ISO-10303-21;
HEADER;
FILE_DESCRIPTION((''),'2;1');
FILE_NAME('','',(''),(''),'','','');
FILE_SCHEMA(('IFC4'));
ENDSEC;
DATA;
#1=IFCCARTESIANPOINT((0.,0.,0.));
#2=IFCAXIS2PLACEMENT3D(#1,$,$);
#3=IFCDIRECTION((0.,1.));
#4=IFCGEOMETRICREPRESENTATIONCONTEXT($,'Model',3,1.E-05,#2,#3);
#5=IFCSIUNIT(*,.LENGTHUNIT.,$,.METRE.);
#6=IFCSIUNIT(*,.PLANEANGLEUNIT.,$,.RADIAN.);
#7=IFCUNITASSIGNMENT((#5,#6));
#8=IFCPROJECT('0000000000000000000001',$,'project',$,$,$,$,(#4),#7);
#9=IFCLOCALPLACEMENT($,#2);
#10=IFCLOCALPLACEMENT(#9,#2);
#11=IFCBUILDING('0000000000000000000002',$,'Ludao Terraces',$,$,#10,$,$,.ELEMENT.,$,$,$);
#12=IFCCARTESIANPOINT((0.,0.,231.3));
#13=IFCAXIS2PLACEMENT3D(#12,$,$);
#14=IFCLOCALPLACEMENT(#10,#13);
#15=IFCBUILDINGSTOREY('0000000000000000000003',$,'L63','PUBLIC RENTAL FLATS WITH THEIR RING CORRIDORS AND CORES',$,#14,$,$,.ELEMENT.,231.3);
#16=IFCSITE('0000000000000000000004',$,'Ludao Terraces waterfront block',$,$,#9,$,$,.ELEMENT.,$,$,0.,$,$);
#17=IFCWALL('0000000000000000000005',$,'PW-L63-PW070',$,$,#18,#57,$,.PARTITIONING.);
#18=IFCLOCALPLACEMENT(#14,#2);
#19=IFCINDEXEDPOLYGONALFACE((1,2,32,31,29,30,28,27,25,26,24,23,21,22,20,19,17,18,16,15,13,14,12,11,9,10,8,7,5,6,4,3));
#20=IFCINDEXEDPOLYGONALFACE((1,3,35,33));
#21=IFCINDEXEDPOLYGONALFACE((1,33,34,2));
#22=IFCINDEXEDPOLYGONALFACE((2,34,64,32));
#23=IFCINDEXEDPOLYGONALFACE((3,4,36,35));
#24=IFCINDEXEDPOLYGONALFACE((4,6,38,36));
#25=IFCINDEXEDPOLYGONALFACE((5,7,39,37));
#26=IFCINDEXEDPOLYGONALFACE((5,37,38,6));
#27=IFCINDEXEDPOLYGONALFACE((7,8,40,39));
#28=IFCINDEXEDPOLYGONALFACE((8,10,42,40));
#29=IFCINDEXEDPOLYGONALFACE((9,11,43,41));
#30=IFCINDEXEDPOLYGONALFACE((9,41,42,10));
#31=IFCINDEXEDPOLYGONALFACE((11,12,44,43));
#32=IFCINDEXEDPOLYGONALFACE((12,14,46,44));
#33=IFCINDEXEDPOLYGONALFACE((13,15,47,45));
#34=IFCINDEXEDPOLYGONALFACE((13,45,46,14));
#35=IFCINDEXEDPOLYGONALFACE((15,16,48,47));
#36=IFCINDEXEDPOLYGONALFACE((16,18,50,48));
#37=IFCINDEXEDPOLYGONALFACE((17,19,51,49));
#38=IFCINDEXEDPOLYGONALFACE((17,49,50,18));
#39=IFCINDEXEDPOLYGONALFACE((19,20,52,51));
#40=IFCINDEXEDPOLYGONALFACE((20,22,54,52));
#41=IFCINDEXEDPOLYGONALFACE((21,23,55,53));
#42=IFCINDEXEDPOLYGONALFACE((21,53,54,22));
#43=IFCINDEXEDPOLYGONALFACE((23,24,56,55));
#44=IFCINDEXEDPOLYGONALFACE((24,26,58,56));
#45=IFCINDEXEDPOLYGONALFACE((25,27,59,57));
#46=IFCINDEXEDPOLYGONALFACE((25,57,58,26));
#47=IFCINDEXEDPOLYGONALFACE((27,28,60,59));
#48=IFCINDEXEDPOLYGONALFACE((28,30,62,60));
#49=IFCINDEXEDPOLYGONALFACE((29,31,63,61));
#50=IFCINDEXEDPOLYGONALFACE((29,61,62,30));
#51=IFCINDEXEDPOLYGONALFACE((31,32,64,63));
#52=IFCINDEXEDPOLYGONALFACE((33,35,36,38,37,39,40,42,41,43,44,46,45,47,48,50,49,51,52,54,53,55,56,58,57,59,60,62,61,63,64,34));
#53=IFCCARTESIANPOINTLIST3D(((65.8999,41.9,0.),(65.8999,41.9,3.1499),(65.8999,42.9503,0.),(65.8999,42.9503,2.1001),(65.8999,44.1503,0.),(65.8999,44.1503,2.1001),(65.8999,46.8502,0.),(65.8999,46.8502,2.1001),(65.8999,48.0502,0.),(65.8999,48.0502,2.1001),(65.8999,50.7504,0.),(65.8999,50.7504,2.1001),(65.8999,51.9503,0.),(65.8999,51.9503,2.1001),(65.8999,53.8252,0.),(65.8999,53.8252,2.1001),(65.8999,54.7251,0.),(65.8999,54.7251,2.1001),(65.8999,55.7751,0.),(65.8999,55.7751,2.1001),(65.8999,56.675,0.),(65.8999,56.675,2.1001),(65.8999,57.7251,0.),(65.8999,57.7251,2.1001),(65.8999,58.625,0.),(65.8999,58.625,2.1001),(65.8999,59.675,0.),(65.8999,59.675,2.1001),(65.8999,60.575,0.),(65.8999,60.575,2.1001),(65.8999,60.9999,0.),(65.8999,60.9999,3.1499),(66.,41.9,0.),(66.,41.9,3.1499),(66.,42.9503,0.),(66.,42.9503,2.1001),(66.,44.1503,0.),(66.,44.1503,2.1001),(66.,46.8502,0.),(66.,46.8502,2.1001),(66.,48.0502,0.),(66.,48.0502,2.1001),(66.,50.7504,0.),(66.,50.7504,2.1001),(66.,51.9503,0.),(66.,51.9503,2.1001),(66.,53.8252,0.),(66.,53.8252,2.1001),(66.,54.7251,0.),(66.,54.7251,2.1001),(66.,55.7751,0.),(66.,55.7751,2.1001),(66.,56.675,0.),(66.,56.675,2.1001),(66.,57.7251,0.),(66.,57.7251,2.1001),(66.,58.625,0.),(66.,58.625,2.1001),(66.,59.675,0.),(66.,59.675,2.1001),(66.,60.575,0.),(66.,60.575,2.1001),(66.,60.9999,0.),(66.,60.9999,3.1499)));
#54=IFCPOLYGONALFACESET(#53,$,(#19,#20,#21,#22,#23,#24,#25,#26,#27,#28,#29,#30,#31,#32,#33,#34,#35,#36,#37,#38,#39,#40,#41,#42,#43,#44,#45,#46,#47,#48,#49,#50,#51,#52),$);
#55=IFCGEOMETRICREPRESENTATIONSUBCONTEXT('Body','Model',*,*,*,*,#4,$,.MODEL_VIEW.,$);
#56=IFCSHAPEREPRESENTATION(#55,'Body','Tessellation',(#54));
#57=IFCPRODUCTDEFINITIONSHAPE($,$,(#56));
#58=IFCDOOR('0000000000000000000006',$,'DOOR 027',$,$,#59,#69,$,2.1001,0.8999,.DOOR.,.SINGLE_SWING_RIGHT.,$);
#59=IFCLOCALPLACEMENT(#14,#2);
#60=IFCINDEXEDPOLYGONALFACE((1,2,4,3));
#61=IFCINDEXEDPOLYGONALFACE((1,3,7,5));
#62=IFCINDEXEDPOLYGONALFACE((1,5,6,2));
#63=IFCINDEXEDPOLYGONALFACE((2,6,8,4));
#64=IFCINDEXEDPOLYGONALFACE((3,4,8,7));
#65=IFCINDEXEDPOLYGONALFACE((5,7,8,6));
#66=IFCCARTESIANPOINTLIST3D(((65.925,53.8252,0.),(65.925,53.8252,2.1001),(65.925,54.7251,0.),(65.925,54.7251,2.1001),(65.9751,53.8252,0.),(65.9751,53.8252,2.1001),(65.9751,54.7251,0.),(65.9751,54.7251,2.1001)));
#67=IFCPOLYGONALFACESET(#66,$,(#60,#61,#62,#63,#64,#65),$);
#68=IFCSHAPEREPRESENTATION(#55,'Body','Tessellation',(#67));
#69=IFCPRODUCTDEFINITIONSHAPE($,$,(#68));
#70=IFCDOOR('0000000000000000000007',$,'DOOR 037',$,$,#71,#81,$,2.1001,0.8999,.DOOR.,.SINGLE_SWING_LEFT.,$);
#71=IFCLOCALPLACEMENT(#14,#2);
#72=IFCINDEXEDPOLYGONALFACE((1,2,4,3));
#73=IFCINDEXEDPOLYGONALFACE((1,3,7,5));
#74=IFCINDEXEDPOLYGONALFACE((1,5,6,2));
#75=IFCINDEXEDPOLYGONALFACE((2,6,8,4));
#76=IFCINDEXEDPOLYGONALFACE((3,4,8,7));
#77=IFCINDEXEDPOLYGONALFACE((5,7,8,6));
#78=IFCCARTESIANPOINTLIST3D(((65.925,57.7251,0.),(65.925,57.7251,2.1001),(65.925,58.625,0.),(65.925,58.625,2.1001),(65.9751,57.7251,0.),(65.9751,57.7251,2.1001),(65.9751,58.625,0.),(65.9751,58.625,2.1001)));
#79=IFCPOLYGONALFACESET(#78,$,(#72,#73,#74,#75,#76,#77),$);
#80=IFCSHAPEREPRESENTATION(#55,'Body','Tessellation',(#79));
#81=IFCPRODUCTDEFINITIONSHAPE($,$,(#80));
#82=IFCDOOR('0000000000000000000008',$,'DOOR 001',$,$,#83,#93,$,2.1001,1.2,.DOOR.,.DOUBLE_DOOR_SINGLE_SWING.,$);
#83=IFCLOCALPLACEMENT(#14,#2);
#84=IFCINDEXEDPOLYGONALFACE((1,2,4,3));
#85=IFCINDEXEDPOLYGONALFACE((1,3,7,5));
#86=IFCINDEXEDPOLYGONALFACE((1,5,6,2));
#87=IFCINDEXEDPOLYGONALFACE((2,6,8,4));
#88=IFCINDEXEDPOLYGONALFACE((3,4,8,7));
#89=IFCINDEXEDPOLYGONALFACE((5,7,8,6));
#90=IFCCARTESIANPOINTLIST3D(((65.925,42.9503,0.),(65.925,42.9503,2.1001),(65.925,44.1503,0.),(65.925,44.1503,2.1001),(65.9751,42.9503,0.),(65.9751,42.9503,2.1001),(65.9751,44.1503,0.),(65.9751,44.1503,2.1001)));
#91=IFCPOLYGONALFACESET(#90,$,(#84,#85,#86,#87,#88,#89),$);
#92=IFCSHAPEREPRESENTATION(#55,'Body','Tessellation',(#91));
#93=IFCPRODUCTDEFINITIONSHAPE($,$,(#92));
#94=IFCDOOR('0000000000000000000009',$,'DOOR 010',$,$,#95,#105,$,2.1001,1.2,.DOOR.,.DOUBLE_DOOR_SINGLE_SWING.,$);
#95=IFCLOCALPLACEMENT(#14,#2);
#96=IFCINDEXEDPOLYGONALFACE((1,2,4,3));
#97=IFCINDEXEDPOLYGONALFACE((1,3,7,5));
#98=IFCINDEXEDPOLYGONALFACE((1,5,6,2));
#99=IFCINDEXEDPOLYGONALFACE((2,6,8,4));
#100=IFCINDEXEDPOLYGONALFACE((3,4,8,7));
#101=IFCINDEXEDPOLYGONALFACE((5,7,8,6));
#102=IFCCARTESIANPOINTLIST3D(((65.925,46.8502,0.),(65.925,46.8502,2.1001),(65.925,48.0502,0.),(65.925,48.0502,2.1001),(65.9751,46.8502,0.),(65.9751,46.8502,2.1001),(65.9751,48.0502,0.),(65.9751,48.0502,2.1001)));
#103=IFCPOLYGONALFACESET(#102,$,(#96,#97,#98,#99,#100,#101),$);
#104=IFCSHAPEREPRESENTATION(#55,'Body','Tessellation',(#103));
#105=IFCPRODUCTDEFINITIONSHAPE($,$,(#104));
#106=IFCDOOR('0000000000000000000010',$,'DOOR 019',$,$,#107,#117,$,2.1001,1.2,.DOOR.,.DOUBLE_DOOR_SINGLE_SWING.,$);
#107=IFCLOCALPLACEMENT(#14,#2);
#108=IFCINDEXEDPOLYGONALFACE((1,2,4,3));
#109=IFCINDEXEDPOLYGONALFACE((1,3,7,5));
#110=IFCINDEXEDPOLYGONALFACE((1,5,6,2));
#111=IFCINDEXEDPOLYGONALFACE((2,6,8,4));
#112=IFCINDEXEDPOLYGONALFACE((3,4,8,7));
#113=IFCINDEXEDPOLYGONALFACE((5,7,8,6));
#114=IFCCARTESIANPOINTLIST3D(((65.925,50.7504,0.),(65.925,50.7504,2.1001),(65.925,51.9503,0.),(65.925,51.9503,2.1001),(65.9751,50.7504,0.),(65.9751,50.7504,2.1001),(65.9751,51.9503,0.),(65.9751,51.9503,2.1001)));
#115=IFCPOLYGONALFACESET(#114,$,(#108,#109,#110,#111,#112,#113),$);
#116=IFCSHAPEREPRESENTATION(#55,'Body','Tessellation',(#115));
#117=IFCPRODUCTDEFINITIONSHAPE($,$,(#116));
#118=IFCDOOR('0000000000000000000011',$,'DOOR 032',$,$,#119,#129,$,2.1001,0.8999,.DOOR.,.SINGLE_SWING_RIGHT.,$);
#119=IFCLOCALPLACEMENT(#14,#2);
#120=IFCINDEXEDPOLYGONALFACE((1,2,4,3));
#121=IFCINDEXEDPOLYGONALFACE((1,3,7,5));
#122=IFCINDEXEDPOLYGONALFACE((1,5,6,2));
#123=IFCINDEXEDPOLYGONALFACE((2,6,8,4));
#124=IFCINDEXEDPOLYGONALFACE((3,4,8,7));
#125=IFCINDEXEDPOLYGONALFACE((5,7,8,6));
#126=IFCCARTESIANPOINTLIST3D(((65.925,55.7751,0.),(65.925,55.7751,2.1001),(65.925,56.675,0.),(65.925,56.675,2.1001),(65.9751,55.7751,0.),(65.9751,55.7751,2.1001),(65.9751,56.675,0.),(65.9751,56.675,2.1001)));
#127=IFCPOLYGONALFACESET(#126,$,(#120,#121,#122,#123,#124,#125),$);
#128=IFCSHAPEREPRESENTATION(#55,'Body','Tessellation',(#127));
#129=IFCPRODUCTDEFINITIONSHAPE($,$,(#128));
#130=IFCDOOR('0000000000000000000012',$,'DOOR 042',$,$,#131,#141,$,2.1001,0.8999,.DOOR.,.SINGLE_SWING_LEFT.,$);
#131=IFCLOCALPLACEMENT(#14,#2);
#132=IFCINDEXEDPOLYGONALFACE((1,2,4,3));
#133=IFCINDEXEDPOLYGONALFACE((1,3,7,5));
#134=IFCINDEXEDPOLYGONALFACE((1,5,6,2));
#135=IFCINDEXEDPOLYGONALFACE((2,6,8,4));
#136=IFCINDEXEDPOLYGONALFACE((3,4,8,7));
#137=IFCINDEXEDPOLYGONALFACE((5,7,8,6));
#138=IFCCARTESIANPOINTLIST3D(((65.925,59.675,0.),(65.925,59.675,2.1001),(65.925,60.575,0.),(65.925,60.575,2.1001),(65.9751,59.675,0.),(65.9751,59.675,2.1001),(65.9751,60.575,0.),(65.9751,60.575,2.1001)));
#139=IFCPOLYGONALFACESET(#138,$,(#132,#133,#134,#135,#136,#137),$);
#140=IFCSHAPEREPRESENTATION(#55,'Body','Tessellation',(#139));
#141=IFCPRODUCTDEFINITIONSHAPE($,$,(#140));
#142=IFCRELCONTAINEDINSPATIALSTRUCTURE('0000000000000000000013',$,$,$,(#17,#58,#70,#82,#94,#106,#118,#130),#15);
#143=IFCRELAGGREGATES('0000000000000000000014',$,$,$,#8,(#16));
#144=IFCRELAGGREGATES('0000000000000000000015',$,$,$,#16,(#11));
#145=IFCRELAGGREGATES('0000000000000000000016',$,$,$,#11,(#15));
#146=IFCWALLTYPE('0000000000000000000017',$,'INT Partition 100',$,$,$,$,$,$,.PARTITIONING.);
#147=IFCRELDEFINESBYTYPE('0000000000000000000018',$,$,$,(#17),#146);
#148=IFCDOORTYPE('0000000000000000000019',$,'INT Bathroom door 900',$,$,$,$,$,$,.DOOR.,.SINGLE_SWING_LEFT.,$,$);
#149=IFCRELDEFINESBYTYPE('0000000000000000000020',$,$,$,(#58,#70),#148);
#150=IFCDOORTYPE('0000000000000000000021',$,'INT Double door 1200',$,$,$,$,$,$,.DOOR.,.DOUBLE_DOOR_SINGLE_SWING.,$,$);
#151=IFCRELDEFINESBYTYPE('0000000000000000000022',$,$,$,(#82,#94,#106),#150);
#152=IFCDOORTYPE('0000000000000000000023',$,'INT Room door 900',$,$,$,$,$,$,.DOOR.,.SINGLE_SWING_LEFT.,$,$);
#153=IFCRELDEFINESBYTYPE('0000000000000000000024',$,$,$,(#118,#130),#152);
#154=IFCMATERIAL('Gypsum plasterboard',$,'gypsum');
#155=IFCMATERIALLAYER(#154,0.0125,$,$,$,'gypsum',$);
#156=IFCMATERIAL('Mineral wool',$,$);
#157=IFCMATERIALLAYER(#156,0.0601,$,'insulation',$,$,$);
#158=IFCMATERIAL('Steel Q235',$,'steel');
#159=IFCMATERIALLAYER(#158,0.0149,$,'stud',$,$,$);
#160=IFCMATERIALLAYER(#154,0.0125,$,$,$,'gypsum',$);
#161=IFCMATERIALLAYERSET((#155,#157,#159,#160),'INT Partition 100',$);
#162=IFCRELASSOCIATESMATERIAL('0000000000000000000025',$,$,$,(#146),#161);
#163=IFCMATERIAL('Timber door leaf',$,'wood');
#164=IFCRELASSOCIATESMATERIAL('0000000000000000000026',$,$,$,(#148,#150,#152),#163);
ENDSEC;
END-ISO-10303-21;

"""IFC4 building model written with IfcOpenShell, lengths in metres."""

from ifc_helpers import new_model, si_unit, direction, frame, frame_2d, origin, place, context, subcontext, project, spatial, rectangle, extrude, material, layer, layer_set, type_object, element, fill, save


model = new_model("IFC4")

# Units and contexts
model_context = context("Model", 3, precision=1e-05, world=origin(), true_north=direction((0.0, 1.0)))
body_context = subcontext(model_context, "Body", "Model", "MODEL_VIEW")
ifc_project = project(units=[si_unit("LENGTHUNIT", "METRE"), si_unit("PLANEANGLEUNIT", "RADIAN")], contexts=[model_context])

# Site, building, storey
site_placement = place(None, origin())
site = spatial("IfcSite", under=ifc_project, at=site_placement, Name="Ludao Terraces waterfront block", CompositionType="ELEMENT", RefElevation=0.0)
building_placement = place(site_placement, origin())
building = spatial("IfcBuilding", under=site, at=building_placement, Name="Ludao Terraces", CompositionType="ELEMENT")
storey_placement = place(building_placement, frame((0.0, 0.0, 231.3)))
storey = spatial("IfcBuildingStorey", under=building, at=storey_placement, Name="L63", Description="PUBLIC RENTAL FLATS WITH THEIR RING CORRIDORS AND CORES", CompositionType="ELEMENT", Elevation=231.3)

# Wall, openings, doors
ifc_material_1 = material(Name="Gypsum plasterboard", Category="gypsum")
ifc_layer_1 = layer(ifc_material_1, 0.0125, Category="gypsum")
ifc_material_2 = material(Name="Mineral wool")
ifc_layer_2 = layer(ifc_material_2, 0.0601, Name="insulation")
ifc_material_3 = material(Name="Steel Q235", Category="steel")
ifc_layer_3 = layer(ifc_material_3, 0.0149, Name="stud")
ifc_layer_4 = layer(ifc_material_1, 0.0125, Category="gypsum")
ifc_layer_set = layer_set([ifc_layer_1, ifc_layer_2, ifc_layer_3, ifc_layer_4], Name="INT Partition 100")
wall_type = type_object("IfcWallType", Name="INT Partition 100", PredefinedType="PARTITIONING", material=ifc_layer_set)
wall_1_placement = place(storey_placement, frame((65.95, 41.9001, 0.0), z_axis=(0.0, 0.0, 1.0), x_axis=(0.0, 1.0, 0.0)))
wall_1 = element("IfcWall", 1, at=wall_1_placement, inside=storey, type_object=wall_type, Name="PW-L63-PW070", PredefinedType="PARTITIONING", context=body_context, shape_type="SweptSolid", body=[
    extrude(rectangle(XDim=19.0999, YDim=0.1001, at=frame_2d((9.5498, 0.0))), origin(), (0.0, 0.0, 1.0), 3.1499),
])
opening_1_placement = place(wall_1_placement, frame((1.05, 0.0, 0.0)))
opening_1 = element("IfcOpeningElement", 2, at=opening_1_placement, cuts=wall_1, PredefinedType="OPENING", context=body_context, shape_type="SweptSolid", body=[
    extrude(rectangle(XDim=1.2, YDim=2.1001, at=frame_2d((0.6001, 1.05))), frame((0.0, 0.0601, 0.0), z_axis=(0.0, -1.0, 0.0), x_axis=(1.0, 0.0, 0.0)), (0.0, 0.0, 1.0), 0.1201),
])
opening_2_placement = place(wall_1_placement, frame((4.95, 0.0, 0.0)))
opening_2 = element("IfcOpeningElement", 3, at=opening_2_placement, cuts=wall_1, PredefinedType="OPENING", context=body_context, shape_type="SweptSolid", body=[
    extrude(rectangle(XDim=1.2, YDim=2.1001, at=frame_2d((0.6001, 1.05))), frame((0.0, 0.0601, 0.0), z_axis=(0.0, -1.0, 0.0), x_axis=(1.0, 0.0, 0.0)), (0.0, 0.0, 1.0), 0.1201),
])
opening_3_placement = place(wall_1_placement, frame((8.8501, 0.0, 0.0)))
opening_3 = element("IfcOpeningElement", 4, at=opening_3_placement, cuts=wall_1, PredefinedType="OPENING", context=body_context, shape_type="SweptSolid", body=[
    extrude(rectangle(XDim=1.2, YDim=2.1001, at=frame_2d((0.6001, 1.05))), frame((0.0, 0.0601, 0.0), z_axis=(0.0, -1.0, 0.0), x_axis=(1.0, 0.0, 0.0)), (0.0, 0.0, 1.0), 0.1201),
])
opening_4_placement = place(wall_1_placement, frame((11.925, 0.0, 0.0)))
opening_4 = element("IfcOpeningElement", 5, at=opening_4_placement, cuts=wall_1, PredefinedType="OPENING", context=body_context, shape_type="SweptSolid", body=[
    extrude(rectangle(XDim=0.8999, YDim=2.1001, at=frame_2d((0.45, 1.05))), frame((0.0, 0.0601, 0.0), z_axis=(0.0, -1.0, 0.0), x_axis=(1.0, 0.0, 0.0)), (0.0, 0.0, 1.0), 0.1201),
])
opening_5_placement = place(wall_1_placement, frame((13.875, 0.0, 0.0)))
opening_5 = element("IfcOpeningElement", 6, at=opening_5_placement, cuts=wall_1, PredefinedType="OPENING", context=body_context, shape_type="SweptSolid", body=[
    extrude(rectangle(XDim=0.8999, YDim=2.1001, at=frame_2d((0.45, 1.05))), frame((0.0, 0.0601, 0.0), z_axis=(0.0, -1.0, 0.0), x_axis=(1.0, 0.0, 0.0)), (0.0, 0.0, 1.0), 0.1201),
])
opening_6_placement = place(wall_1_placement, frame((15.825, 0.0, 0.0)))
opening_6 = element("IfcOpeningElement", 7, at=opening_6_placement, cuts=wall_1, PredefinedType="OPENING", context=body_context, shape_type="SweptSolid", body=[
    extrude(rectangle(XDim=0.8999, YDim=2.1001, at=frame_2d((0.45, 1.05))), frame((0.0, 0.0601, 0.0), z_axis=(0.0, -1.0, 0.0), x_axis=(1.0, 0.0, 0.0)), (0.0, 0.0, 1.0), 0.1201),
])
opening_7_placement = place(wall_1_placement, frame((17.7749, 0.0, 0.0)))
opening_7 = element("IfcOpeningElement", 8, at=opening_7_placement, cuts=wall_1, PredefinedType="OPENING", context=body_context, shape_type="SweptSolid", body=[
    extrude(rectangle(XDim=0.8999, YDim=2.1001, at=frame_2d((0.45, 1.05))), frame((0.0, 0.0601, 0.0), z_axis=(0.0, -1.0, 0.0), x_axis=(1.0, 0.0, 0.0)), (0.0, 0.0, 1.0), 0.1201),
])
ifc_material_4 = material(Name="Timber door leaf", Category="wood")
door_type_1 = type_object("IfcDoorType", Name="INT Bathroom door 900", OperationType="SINGLE_SWING_LEFT", PredefinedType="DOOR", material=ifc_material_4)
door_1_placement = place(opening_4_placement, origin())
door_1 = element("IfcDoor", 9, at=door_1_placement, inside=storey, type_object=door_type_1, Name="DOOR 027", OperationType="SINGLE_SWING_RIGHT", OverallHeight=2.1001, OverallWidth=0.8999, PredefinedType="DOOR", context=body_context, shape_type="SweptSolid", body=[
    extrude(rectangle(XDim=0.8999, YDim=2.1001, at=frame_2d((0.45, 1.05))), frame((0.0, 0.0249, 0.0), z_axis=(0.0, -1.0, 0.0), x_axis=(1.0, 0.0, 0.0)), (0.0, 0.0, 1.0), 0.05),
])
fill(opening_4, door_1)
door_2_placement = place(opening_6_placement, origin())
door_2 = element("IfcDoor", 10, at=door_2_placement, inside=storey, type_object=door_type_1, Name="DOOR 037", OperationType="SINGLE_SWING_LEFT", OverallHeight=2.1001, OverallWidth=0.8999, PredefinedType="DOOR", context=body_context, shape_type="SweptSolid", body=[
    extrude(rectangle(XDim=0.8999, YDim=2.1001, at=frame_2d((0.45, 1.05))), frame((0.0, 0.0249, 0.0), z_axis=(0.0, -1.0, 0.0), x_axis=(1.0, 0.0, 0.0)), (0.0, 0.0, 1.0), 0.05),
])
fill(opening_6, door_2)
door_type_2 = type_object("IfcDoorType", Name="INT Double door 1200", OperationType="DOUBLE_DOOR_SINGLE_SWING", PredefinedType="DOOR", material=ifc_material_4)
door_3_placement = place(opening_1_placement, origin())
door_3 = element("IfcDoor", 11, at=door_3_placement, inside=storey, type_object=door_type_2, Name="DOOR 001", OperationType="DOUBLE_DOOR_SINGLE_SWING", OverallHeight=2.1001, OverallWidth=1.2, PredefinedType="DOOR", context=body_context, shape_type="SweptSolid", body=[
    extrude(rectangle(XDim=1.2, YDim=2.1001, at=frame_2d((0.6001, 1.05))), frame((0.0, 0.0249, 0.0), z_axis=(0.0, -1.0, 0.0), x_axis=(1.0, 0.0, 0.0)), (0.0, 0.0, 1.0), 0.05),
])
fill(opening_1, door_3)
door_4_placement = place(opening_2_placement, origin())
door_4 = element("IfcDoor", 12, at=door_4_placement, inside=storey, type_object=door_type_2, Name="DOOR 010", OperationType="DOUBLE_DOOR_SINGLE_SWING", OverallHeight=2.1001, OverallWidth=1.2, PredefinedType="DOOR", context=body_context, shape_type="SweptSolid", body=[
    extrude(rectangle(XDim=1.2, YDim=2.1001, at=frame_2d((0.6001, 1.05))), frame((0.0, 0.0249, 0.0), z_axis=(0.0, -1.0, 0.0), x_axis=(1.0, 0.0, 0.0)), (0.0, 0.0, 1.0), 0.05),
])
fill(opening_2, door_4)
door_5_placement = place(opening_3_placement, origin())
door_5 = element("IfcDoor", 13, at=door_5_placement, inside=storey, type_object=door_type_2, Name="DOOR 019", OperationType="DOUBLE_DOOR_SINGLE_SWING", OverallHeight=2.1001, OverallWidth=1.2, PredefinedType="DOOR", context=body_context, shape_type="SweptSolid", body=[
    extrude(rectangle(XDim=1.2, YDim=2.1001, at=frame_2d((0.6001, 1.05))), frame((0.0, 0.0249, 0.0), z_axis=(0.0, -1.0, 0.0), x_axis=(1.0, 0.0, 0.0)), (0.0, 0.0, 1.0), 0.05),
])
fill(opening_3, door_5)
door_type_3 = type_object("IfcDoorType", Name="INT Room door 900", OperationType="SINGLE_SWING_LEFT", PredefinedType="DOOR", material=ifc_material_4)
door_6_placement = place(opening_5_placement, origin())
door_6 = element("IfcDoor", 14, at=door_6_placement, inside=storey, type_object=door_type_3, Name="DOOR 032", OperationType="SINGLE_SWING_RIGHT", OverallHeight=2.1001, OverallWidth=0.8999, PredefinedType="DOOR", context=body_context, shape_type="SweptSolid", body=[
    extrude(rectangle(XDim=0.8999, YDim=2.1001, at=frame_2d((0.45, 1.05))), frame((0.0, 0.0249, 0.0), z_axis=(0.0, -1.0, 0.0), x_axis=(1.0, 0.0, 0.0)), (0.0, 0.0, 1.0), 0.05),
])
fill(opening_5, door_6)
door_7_placement = place(opening_7_placement, origin())
door_7 = element("IfcDoor", 15, at=door_7_placement, inside=storey, type_object=door_type_3, Name="DOOR 042", OperationType="SINGLE_SWING_LEFT", OverallHeight=2.1001, OverallWidth=0.8999, PredefinedType="DOOR", context=body_context, shape_type="SweptSolid", body=[
    extrude(rectangle(XDim=0.8999, YDim=2.1001, at=frame_2d((0.45, 1.05))), frame((0.0, 0.0249, 0.0), z_axis=(0.0, -1.0, 0.0), x_axis=(1.0, 0.0, 0.0)), (0.0, 0.0, 1.0), 0.05),
])
fill(opening_7, door_7)

save(model, "model.ifc")
